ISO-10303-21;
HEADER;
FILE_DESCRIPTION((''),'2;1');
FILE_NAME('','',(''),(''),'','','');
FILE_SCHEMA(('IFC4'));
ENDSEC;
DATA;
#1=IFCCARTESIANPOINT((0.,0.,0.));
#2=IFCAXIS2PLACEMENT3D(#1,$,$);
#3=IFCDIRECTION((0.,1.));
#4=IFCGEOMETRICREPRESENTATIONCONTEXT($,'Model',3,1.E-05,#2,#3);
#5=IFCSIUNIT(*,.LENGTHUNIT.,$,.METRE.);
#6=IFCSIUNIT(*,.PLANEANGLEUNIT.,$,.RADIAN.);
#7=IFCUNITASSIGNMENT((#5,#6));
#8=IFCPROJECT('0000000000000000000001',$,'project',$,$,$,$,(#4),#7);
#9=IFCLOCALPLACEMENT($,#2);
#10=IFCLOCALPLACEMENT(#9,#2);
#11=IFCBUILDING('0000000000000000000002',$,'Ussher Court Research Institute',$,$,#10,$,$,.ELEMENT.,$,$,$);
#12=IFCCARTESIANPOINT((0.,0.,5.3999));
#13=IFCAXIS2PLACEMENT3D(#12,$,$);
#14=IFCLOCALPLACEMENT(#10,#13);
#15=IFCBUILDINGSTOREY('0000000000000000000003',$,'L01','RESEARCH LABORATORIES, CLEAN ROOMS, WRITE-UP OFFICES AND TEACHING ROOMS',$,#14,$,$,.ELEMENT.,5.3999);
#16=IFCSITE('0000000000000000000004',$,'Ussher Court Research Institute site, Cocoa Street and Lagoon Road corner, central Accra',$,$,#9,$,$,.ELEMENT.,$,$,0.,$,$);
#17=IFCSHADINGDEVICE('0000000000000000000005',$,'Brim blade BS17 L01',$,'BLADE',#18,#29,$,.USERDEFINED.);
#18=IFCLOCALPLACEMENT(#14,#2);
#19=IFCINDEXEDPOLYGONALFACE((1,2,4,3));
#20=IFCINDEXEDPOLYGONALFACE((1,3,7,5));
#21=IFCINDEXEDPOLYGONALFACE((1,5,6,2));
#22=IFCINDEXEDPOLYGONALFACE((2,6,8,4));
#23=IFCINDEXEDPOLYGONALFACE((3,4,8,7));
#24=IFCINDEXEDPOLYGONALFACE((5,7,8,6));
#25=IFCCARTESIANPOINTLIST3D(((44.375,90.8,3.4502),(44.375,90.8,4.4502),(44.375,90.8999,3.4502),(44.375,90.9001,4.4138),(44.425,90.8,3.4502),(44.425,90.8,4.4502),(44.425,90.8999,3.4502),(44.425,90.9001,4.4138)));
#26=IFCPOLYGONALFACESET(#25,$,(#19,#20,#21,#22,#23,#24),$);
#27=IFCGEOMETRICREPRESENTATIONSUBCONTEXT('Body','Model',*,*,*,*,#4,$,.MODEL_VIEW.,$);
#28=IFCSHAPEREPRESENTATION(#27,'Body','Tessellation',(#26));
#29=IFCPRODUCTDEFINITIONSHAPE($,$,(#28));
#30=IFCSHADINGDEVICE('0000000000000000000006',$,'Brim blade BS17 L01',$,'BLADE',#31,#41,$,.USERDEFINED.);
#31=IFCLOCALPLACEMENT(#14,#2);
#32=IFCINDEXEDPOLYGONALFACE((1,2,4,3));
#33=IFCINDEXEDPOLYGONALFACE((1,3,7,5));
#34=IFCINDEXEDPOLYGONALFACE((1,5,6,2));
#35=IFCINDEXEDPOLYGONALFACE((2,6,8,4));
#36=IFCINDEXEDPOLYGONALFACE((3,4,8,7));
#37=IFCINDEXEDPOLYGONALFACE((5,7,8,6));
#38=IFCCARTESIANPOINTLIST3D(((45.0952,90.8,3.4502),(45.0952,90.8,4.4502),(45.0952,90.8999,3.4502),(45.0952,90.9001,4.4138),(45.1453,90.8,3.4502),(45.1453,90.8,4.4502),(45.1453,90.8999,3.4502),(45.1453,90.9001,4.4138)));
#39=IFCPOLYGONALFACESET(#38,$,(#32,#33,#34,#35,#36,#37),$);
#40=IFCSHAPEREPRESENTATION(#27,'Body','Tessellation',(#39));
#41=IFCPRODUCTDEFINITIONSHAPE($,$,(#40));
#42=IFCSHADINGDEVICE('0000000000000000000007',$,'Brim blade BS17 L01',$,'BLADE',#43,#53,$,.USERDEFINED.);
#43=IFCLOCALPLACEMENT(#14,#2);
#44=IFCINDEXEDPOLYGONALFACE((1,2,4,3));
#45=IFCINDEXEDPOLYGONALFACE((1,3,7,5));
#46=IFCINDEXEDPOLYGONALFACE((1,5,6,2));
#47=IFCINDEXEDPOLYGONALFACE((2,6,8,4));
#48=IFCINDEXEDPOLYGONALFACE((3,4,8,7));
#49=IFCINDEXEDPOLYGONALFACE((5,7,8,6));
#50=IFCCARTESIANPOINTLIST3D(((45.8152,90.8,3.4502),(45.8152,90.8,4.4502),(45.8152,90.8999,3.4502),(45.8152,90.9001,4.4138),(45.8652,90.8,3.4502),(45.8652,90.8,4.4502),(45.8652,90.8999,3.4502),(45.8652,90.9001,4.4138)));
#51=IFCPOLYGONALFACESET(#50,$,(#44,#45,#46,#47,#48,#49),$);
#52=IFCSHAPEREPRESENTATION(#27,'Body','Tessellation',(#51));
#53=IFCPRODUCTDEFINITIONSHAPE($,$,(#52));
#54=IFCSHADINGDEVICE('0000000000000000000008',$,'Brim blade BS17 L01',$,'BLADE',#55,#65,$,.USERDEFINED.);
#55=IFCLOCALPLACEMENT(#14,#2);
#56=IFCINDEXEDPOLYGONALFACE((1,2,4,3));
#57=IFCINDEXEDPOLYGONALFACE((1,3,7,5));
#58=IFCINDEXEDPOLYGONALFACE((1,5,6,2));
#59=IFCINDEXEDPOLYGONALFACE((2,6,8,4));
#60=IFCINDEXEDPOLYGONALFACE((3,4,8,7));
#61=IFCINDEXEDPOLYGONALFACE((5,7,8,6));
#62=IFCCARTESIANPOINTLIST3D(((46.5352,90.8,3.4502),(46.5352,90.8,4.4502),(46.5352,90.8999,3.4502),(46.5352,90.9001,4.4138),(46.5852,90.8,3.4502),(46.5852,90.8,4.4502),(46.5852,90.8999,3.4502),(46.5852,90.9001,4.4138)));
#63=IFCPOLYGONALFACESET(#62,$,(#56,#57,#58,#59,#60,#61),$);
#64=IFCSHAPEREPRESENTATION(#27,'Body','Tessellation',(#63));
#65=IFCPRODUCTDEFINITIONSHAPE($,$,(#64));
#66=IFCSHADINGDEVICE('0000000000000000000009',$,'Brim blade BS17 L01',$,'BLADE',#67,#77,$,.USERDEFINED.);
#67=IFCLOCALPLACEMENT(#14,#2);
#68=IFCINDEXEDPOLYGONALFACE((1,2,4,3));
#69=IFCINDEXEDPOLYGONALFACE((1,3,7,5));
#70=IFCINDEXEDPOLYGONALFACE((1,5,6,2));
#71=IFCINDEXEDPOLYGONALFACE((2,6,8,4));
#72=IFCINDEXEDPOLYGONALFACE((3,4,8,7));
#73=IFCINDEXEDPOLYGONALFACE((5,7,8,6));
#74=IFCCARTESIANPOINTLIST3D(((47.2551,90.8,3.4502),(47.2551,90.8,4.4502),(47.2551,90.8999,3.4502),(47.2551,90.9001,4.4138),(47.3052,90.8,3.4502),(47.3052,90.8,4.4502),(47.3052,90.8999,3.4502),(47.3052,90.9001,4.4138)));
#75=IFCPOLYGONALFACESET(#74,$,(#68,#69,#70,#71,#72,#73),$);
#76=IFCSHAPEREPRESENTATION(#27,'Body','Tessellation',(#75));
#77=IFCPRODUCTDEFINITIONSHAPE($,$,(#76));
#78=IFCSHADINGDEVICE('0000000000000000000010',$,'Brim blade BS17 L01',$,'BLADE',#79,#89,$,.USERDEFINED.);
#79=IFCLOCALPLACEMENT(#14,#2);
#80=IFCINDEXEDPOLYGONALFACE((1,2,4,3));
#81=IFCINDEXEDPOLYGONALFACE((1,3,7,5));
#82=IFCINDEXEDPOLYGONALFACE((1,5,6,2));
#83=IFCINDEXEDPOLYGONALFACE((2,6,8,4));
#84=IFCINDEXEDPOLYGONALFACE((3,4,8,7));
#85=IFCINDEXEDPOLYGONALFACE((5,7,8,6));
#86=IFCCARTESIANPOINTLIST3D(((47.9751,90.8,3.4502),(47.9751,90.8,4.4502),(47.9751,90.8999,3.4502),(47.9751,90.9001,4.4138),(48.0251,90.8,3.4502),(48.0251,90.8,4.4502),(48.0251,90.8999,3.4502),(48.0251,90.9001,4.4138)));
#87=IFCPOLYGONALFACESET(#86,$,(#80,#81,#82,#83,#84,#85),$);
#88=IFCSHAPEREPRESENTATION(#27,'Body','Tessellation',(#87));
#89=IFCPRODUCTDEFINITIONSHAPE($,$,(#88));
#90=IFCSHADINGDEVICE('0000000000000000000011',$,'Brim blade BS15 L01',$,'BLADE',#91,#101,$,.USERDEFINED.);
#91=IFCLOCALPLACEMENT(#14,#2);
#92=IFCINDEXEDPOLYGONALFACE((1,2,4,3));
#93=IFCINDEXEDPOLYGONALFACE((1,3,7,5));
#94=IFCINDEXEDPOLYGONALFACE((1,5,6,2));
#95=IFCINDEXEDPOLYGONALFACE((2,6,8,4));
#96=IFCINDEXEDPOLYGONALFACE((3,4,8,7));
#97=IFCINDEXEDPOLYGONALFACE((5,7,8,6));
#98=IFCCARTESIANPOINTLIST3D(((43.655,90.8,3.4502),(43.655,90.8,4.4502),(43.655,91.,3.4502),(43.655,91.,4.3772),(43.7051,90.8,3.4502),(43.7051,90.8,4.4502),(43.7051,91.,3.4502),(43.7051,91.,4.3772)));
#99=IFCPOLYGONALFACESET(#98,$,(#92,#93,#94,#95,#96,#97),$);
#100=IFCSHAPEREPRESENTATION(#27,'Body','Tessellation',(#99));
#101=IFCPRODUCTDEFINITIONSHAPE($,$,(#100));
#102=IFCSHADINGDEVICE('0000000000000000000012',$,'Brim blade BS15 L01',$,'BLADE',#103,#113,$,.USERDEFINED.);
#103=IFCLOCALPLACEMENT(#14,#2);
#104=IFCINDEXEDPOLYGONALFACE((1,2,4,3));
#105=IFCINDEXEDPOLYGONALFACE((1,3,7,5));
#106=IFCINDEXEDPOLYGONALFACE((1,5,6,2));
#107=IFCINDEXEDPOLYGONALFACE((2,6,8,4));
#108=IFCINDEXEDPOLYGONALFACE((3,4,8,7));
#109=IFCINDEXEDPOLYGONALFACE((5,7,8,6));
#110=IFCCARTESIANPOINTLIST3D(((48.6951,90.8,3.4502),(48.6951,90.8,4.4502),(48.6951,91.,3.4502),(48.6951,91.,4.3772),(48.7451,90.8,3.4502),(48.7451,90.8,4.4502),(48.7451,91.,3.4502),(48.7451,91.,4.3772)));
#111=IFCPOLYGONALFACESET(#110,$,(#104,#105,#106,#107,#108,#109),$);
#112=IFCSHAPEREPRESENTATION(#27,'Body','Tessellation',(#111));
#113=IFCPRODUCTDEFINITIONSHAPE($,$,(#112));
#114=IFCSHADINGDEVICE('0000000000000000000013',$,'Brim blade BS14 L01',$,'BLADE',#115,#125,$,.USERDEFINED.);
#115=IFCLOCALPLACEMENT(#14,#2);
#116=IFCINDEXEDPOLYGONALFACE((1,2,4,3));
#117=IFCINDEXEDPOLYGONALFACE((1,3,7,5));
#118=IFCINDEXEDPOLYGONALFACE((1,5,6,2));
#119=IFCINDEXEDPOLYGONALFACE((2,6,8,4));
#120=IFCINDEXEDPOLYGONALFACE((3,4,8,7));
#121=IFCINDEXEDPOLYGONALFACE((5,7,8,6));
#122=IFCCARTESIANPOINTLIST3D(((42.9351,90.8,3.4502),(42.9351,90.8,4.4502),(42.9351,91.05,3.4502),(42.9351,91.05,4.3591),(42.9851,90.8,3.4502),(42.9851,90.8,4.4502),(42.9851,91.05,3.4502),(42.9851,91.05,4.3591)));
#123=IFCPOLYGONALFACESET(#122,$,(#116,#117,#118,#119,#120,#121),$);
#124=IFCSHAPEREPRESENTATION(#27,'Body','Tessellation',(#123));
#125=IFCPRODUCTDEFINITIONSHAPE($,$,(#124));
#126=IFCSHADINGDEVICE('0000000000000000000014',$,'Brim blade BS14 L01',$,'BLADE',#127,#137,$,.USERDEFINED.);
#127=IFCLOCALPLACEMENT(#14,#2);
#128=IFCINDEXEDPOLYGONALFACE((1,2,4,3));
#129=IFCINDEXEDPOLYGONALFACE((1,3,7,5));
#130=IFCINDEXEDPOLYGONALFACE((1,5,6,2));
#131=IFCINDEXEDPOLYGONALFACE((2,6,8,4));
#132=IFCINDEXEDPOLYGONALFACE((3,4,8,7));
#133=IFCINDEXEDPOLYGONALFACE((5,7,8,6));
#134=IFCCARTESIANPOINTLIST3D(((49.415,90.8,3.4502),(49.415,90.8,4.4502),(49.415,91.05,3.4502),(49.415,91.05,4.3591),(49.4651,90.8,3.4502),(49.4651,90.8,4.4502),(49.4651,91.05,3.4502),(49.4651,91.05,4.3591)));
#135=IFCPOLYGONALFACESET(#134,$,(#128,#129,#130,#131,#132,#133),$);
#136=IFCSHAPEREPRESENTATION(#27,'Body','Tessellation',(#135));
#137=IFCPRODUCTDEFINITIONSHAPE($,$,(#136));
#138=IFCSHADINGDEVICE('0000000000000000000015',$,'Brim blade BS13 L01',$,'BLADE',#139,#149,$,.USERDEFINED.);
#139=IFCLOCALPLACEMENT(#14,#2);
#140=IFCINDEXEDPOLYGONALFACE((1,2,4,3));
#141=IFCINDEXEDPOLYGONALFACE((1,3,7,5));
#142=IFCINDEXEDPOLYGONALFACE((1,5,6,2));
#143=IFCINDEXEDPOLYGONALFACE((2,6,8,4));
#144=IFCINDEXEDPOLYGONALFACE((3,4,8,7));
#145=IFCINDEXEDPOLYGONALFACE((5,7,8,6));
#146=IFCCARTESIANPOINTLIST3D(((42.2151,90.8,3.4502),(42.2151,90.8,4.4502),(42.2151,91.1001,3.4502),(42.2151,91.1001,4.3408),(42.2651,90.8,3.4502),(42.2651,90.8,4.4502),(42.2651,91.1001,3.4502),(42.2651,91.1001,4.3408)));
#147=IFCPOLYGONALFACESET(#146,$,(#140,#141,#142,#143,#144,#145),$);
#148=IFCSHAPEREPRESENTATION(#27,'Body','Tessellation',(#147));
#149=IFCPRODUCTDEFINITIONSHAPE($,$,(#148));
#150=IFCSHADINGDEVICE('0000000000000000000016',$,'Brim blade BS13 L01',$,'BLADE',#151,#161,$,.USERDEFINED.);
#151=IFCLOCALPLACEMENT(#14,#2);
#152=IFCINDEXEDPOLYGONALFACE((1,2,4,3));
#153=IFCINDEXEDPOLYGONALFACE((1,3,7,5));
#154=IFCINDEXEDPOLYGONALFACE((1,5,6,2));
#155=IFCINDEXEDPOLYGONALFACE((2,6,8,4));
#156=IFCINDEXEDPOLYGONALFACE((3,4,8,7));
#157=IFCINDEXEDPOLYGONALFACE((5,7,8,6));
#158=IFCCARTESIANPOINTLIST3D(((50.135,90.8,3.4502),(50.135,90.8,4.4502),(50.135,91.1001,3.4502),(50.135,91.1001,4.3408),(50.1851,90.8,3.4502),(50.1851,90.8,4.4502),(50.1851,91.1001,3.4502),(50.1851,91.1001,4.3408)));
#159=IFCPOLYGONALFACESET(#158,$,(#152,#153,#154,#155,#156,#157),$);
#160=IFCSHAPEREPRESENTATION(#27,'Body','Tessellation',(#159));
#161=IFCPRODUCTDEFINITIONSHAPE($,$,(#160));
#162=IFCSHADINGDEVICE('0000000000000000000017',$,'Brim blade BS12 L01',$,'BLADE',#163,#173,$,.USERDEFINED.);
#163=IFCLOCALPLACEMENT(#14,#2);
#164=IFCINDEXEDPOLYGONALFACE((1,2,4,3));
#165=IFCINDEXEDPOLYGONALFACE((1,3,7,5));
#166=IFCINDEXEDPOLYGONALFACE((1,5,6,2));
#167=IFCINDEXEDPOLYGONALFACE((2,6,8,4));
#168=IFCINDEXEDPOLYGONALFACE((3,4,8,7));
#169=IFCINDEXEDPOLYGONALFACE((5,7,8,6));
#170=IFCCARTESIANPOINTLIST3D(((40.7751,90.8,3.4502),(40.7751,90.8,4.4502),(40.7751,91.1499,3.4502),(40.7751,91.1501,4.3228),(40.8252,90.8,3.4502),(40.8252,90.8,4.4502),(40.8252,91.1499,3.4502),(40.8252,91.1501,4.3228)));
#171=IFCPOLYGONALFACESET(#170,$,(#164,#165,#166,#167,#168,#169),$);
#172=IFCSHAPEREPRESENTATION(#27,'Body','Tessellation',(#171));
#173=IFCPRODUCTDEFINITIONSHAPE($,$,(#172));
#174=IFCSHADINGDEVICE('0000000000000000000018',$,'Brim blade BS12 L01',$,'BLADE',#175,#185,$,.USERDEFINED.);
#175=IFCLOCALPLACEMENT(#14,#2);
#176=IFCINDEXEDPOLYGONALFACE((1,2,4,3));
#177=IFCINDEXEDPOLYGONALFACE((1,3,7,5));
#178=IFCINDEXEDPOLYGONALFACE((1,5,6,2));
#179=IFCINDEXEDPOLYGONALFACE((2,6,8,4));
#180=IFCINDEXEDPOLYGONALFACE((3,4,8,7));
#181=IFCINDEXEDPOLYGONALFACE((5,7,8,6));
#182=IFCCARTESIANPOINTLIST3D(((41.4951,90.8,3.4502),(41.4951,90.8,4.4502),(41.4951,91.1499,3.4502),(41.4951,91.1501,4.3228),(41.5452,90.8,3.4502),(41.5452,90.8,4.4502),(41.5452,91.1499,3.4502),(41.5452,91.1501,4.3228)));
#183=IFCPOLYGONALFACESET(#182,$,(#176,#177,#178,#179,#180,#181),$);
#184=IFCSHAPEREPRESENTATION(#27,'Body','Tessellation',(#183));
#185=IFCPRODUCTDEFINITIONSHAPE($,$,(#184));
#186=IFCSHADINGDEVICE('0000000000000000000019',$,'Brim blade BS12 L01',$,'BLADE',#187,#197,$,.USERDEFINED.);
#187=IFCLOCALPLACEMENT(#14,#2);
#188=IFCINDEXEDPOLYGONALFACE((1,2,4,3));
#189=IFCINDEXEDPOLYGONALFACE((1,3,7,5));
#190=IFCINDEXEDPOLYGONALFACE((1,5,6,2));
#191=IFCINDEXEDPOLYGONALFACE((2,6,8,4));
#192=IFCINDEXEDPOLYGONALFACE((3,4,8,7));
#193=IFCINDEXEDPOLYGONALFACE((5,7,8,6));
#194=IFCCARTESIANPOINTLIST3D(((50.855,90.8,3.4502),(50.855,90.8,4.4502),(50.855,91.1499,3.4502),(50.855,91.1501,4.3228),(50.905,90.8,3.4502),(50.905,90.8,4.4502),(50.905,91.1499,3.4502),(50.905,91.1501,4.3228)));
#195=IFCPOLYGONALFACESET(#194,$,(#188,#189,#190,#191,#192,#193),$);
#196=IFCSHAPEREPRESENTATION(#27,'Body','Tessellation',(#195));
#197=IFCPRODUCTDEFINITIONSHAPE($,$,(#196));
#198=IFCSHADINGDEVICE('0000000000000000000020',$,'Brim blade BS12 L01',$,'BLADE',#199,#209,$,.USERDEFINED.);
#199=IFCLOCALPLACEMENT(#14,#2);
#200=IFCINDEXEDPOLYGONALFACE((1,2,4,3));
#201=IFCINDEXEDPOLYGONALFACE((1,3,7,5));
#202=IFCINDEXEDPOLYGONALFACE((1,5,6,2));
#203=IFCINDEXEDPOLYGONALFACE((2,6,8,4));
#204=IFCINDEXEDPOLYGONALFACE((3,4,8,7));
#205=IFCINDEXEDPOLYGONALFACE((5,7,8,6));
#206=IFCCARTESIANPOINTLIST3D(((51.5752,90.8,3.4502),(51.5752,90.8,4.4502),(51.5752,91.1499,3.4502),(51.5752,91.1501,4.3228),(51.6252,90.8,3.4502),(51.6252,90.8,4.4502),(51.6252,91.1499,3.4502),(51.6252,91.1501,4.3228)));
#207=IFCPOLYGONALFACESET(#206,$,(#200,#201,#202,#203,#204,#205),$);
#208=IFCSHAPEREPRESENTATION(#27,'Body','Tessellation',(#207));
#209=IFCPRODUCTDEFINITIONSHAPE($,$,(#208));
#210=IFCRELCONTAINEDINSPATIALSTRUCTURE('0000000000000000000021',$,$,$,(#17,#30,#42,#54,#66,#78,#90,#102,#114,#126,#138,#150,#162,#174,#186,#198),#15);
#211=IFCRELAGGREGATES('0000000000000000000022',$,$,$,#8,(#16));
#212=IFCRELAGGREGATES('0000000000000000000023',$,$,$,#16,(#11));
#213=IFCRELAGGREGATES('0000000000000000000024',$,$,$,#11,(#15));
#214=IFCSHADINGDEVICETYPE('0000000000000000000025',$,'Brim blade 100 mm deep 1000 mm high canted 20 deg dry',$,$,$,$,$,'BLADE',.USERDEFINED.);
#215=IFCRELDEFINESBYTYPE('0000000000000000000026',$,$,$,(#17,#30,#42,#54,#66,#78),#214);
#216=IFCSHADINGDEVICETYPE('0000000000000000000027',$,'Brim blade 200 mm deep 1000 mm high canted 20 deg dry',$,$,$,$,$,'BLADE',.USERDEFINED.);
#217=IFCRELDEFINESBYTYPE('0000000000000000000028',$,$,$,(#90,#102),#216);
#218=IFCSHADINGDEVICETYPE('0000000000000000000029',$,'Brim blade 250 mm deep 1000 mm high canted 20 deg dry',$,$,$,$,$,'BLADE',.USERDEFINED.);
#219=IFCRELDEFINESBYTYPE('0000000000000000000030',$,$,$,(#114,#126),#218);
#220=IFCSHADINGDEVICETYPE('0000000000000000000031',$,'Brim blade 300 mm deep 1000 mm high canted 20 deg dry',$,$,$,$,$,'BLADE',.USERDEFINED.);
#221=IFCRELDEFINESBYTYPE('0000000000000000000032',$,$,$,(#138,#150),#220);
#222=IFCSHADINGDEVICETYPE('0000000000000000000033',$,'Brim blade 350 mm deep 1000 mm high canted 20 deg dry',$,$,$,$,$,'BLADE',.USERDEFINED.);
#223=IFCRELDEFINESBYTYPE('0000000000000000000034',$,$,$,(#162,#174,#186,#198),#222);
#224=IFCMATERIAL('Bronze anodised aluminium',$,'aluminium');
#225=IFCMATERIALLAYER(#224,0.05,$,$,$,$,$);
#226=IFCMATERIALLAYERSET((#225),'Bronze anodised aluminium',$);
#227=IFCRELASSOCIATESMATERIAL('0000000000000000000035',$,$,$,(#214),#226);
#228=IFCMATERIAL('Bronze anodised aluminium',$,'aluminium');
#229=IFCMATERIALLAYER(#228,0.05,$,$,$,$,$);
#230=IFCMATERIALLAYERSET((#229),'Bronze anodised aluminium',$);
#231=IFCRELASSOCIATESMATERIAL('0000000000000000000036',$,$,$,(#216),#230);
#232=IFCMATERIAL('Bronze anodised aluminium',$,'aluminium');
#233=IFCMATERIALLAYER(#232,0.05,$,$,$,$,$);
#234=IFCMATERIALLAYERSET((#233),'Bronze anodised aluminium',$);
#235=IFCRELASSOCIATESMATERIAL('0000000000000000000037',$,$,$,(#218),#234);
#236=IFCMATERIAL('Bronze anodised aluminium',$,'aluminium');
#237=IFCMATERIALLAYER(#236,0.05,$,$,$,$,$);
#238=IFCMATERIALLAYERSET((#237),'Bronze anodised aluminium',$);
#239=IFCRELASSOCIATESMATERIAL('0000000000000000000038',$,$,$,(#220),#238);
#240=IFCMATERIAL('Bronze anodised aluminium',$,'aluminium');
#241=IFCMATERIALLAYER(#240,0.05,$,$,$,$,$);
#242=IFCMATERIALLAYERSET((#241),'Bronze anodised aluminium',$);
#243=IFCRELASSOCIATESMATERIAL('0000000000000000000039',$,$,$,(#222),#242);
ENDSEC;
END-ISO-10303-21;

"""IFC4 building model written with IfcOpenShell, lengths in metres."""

from ifc_helpers import new_model, si_unit, direction, frame, origin, place, context, subcontext, project, spatial, polyline, outline, extrude, material, layer, layer_set, type_object, element, save


model = new_model("IFC4")

# Units and contexts
model_context = context("Model", 3, precision=1e-05, world=origin(), true_north=direction((0.0, 1.0)))
body_context = subcontext(model_context, "Body", "Model", "MODEL_VIEW")
ifc_project = project(units=[si_unit("LENGTHUNIT", "METRE"), si_unit("PLANEANGLEUNIT", "RADIAN")], contexts=[model_context])

# Site, building, storey
site_placement = place(None, origin())
site = spatial("IfcSite", under=ifc_project, at=site_placement, Name="Ussher Court Research Institute site, Cocoa Street and Lagoon Road corner, central Accra", CompositionType="ELEMENT", RefElevation=0.0)
building_placement = place(site_placement, origin())
building = spatial("IfcBuilding", under=site, at=building_placement, Name="Ussher Court Research Institute", CompositionType="ELEMENT")
storey_placement = place(building_placement, frame((0.0, 0.0, 5.3999)))
storey = spatial("IfcBuildingStorey", under=building, at=storey_placement, Name="L01", Description="RESEARCH LABORATORIES, CLEAN ROOMS, WRITE-UP OFFICES AND TEACHING ROOMS", CompositionType="ELEMENT", Elevation=5.3999)

# Shading devices
ifc_material_1 = material(Name="Bronze anodised aluminium", Category="aluminium")
ifc_layer_1 = layer(ifc_material_1, 0.05)
ifc_layer_set_1 = layer_set([ifc_layer_1], Name="Bronze anodised aluminium")
shading_device_type_1 = type_object("IfcShadingDeviceType", Name="Brim blade 100 mm deep 1000 mm high canted 20 deg dry", ElementType="BLADE", PredefinedType="USERDEFINED", material=ifc_layer_set_1)
for number, where, z_axis, x_axis, name in (
    (1, (44.3999, 90.8, 3.4502), (0.0, 0.0, 1.0), (0.0, 1.0, 0.0), "Brim blade BS17 L01"),
    (2, (45.1201, 90.8, 3.4502), (0.0, 0.0, 1.0), (0.0, 1.0, 0.0), "Brim blade BS17 L01"),
    (3, (45.8401, 90.8, 3.4502), (0.0, 0.0, 1.0), (0.0, 1.0, 0.0), "Brim blade BS17 L01"),
    (4, (46.5601, 90.8, 3.4502), (0.0, 0.0, 1.0), (0.0, 1.0, 0.0), "Brim blade BS17 L01"),
    (5, (47.28, 90.8, 3.4502), (0.0, 0.0, 1.0), (0.0, 1.0, 0.0), "Brim blade BS17 L01"),
    (6, (48.0, 90.8, 3.4502), (0.0, 0.0, 1.0), (0.0, 1.0, 0.0), "Brim blade BS17 L01"),
):
    element("IfcShadingDevice", number, at=place(storey_placement, frame(where, z_axis=z_axis, x_axis=x_axis)), inside=storey, type_object=shading_device_type_1, Name=name, ObjectType="BLADE", PredefinedType="USERDEFINED", context=body_context, shape_type="SweptSolid", body=[
        extrude(outline(polyline([(0.0, 0.0), (0.0999, 0.0), (0.1001, 0.9636), (0.0, 1.0), (0.0, 0.0)])), frame((0.0, 0.0249, 0.0), z_axis=(0.0, -1.0, 0.0), x_axis=(1.0, 0.0, 0.0)), (0.0, 0.0, 1.0), 0.05),
    ])
ifc_material_2 = material(Name="Bronze anodised aluminium", Category="aluminium")
ifc_layer_2 = layer(ifc_material_2, 0.05)
ifc_layer_set_2 = layer_set([ifc_layer_2], Name="Bronze anodised aluminium")
shading_device_type_2 = type_object("IfcShadingDeviceType", Name="Brim blade 200 mm deep 1000 mm high canted 20 deg dry", ElementType="BLADE", PredefinedType="USERDEFINED", material=ifc_layer_set_2)
for number, where, z_axis, x_axis, name in (
    (7, (43.6799, 90.8, 3.4502), (0.0, 0.0, 1.0), (0.0, 1.0, 0.0), "Brim blade BS15 L01"),
    (8, (48.72, 90.8, 3.4502), (0.0, 0.0, 1.0), (0.0, 1.0, 0.0), "Brim blade BS15 L01"),
):
    element("IfcShadingDevice", number, at=place(storey_placement, frame(where, z_axis=z_axis, x_axis=x_axis)), inside=storey, type_object=shading_device_type_2, Name=name, ObjectType="BLADE", PredefinedType="USERDEFINED", context=body_context, shape_type="SweptSolid", body=[
        extrude(outline(polyline([(0.0, 0.0), (0.2, 0.0), (0.2, 0.927), (0.0, 1.0), (0.0, 0.0)])), frame((0.0, 0.0249, 0.0), z_axis=(0.0, -1.0, 0.0), x_axis=(1.0, 0.0, 0.0)), (0.0, 0.0, 1.0), 0.05),
    ])
ifc_material_3 = material(Name="Bronze anodised aluminium", Category="aluminium")
ifc_layer_3 = layer(ifc_material_3, 0.05)
ifc_layer_set_3 = layer_set([ifc_layer_3], Name="Bronze anodised aluminium")
shading_device_type_3 = type_object("IfcShadingDeviceType", Name="Brim blade 250 mm deep 1000 mm high canted 20 deg dry", ElementType="BLADE", PredefinedType="USERDEFINED", material=ifc_layer_set_3)
for number, where, z_axis, x_axis, name in (
    (9, (42.96, 90.8, 3.4502), (0.0, 0.0, 1.0), (0.0, 1.0, 0.0), "Brim blade BS14 L01"),
    (10, (49.4399, 90.8, 3.4502), (0.0, 0.0, 1.0), (0.0, 1.0, 0.0), "Brim blade BS14 L01"),
):
    element("IfcShadingDevice", number, at=place(storey_placement, frame(where, z_axis=z_axis, x_axis=x_axis)), inside=storey, type_object=shading_device_type_3, Name=name, ObjectType="BLADE", PredefinedType="USERDEFINED", context=body_context, shape_type="SweptSolid", body=[
        extrude(outline(polyline([(0.0, 0.0), (0.25, 0.0), (0.25, 0.9089), (0.0, 1.0), (0.0, 0.0)])), frame((0.0, 0.0249, 0.0), z_axis=(0.0, -1.0, 0.0), x_axis=(1.0, 0.0, 0.0)), (0.0, 0.0, 1.0), 0.05),
    ])
ifc_material_4 = material(Name="Bronze anodised aluminium", Category="aluminium")
ifc_layer_4 = layer(ifc_material_4, 0.05)
ifc_layer_set_4 = layer_set([ifc_layer_4], Name="Bronze anodised aluminium")
shading_device_type_4 = type_object("IfcShadingDeviceType", Name="Brim blade 300 mm deep 1000 mm high canted 20 deg dry", ElementType="BLADE", PredefinedType="USERDEFINED", material=ifc_layer_set_4)
for number, where, z_axis, x_axis, name in (
    (11, (42.24, 90.8, 3.4502), (0.0, 0.0, 1.0), (0.0, 1.0, 0.0), "Brim blade BS13 L01"),
    (12, (50.1599, 90.8, 3.4502), (0.0, 0.0, 1.0), (0.0, 1.0, 0.0), "Brim blade BS13 L01"),
):
    element("IfcShadingDevice", number, at=place(storey_placement, frame(where, z_axis=z_axis, x_axis=x_axis)), inside=storey, type_object=shading_device_type_4, Name=name, ObjectType="BLADE", PredefinedType="USERDEFINED", context=body_context, shape_type="SweptSolid", body=[
        extrude(outline(polyline([(0.0, 0.0), (0.3, 0.0), (0.3, 0.8906), (0.0, 1.0), (0.0, 0.0)])), frame((0.0, 0.0249, 0.0), z_axis=(0.0, -1.0, 0.0), x_axis=(1.0, 0.0, 0.0)), (0.0, 0.0, 1.0), 0.05),
    ])
ifc_material_5 = material(Name="Bronze anodised aluminium", Category="aluminium")
ifc_layer_5 = layer(ifc_material_5, 0.05)
ifc_layer_set_5 = layer_set([ifc_layer_5], Name="Bronze anodised aluminium")
shading_device_type_5 = type_object("IfcShadingDeviceType", Name="Brim blade 350 mm deep 1000 mm high canted 20 deg dry", ElementType="BLADE", PredefinedType="USERDEFINED", material=ifc_layer_set_5)
for number, where, z_axis, x_axis, name in (
    (13, (40.8, 90.8, 3.4502), (0.0, 0.0, 1.0), (0.0, 1.0, 0.0), "Brim blade BS12 L01"),
    (14, (41.52, 90.8, 3.4502), (0.0, 0.0, 1.0), (0.0, 1.0, 0.0), "Brim blade BS12 L01"),
    (15, (50.8799, 90.8, 3.4502), (0.0, 0.0, 1.0), (0.0, 1.0, 0.0), "Brim blade BS12 L01"),
    (16, (51.6001, 90.8, 3.4502), (0.0, 0.0, 1.0), (0.0, 1.0, 0.0), "Brim blade BS12 L01"),
):
    element("IfcShadingDevice", number, at=place(storey_placement, frame(where, z_axis=z_axis, x_axis=x_axis)), inside=storey, type_object=shading_device_type_5, Name=name, ObjectType="BLADE", PredefinedType="USERDEFINED", context=body_context, shape_type="SweptSolid", body=[
        extrude(outline(polyline([(0.0, 0.0), (0.3499, 0.0), (0.3501, 0.8726), (0.0, 1.0), (0.0, 0.0)])), frame((0.0, 0.0249, 0.0), z_axis=(0.0, -1.0, 0.0), x_axis=(1.0, 0.0, 0.0)), (0.0, 0.0, 1.0), 0.05),
    ])

save(model, "model.ifc")
